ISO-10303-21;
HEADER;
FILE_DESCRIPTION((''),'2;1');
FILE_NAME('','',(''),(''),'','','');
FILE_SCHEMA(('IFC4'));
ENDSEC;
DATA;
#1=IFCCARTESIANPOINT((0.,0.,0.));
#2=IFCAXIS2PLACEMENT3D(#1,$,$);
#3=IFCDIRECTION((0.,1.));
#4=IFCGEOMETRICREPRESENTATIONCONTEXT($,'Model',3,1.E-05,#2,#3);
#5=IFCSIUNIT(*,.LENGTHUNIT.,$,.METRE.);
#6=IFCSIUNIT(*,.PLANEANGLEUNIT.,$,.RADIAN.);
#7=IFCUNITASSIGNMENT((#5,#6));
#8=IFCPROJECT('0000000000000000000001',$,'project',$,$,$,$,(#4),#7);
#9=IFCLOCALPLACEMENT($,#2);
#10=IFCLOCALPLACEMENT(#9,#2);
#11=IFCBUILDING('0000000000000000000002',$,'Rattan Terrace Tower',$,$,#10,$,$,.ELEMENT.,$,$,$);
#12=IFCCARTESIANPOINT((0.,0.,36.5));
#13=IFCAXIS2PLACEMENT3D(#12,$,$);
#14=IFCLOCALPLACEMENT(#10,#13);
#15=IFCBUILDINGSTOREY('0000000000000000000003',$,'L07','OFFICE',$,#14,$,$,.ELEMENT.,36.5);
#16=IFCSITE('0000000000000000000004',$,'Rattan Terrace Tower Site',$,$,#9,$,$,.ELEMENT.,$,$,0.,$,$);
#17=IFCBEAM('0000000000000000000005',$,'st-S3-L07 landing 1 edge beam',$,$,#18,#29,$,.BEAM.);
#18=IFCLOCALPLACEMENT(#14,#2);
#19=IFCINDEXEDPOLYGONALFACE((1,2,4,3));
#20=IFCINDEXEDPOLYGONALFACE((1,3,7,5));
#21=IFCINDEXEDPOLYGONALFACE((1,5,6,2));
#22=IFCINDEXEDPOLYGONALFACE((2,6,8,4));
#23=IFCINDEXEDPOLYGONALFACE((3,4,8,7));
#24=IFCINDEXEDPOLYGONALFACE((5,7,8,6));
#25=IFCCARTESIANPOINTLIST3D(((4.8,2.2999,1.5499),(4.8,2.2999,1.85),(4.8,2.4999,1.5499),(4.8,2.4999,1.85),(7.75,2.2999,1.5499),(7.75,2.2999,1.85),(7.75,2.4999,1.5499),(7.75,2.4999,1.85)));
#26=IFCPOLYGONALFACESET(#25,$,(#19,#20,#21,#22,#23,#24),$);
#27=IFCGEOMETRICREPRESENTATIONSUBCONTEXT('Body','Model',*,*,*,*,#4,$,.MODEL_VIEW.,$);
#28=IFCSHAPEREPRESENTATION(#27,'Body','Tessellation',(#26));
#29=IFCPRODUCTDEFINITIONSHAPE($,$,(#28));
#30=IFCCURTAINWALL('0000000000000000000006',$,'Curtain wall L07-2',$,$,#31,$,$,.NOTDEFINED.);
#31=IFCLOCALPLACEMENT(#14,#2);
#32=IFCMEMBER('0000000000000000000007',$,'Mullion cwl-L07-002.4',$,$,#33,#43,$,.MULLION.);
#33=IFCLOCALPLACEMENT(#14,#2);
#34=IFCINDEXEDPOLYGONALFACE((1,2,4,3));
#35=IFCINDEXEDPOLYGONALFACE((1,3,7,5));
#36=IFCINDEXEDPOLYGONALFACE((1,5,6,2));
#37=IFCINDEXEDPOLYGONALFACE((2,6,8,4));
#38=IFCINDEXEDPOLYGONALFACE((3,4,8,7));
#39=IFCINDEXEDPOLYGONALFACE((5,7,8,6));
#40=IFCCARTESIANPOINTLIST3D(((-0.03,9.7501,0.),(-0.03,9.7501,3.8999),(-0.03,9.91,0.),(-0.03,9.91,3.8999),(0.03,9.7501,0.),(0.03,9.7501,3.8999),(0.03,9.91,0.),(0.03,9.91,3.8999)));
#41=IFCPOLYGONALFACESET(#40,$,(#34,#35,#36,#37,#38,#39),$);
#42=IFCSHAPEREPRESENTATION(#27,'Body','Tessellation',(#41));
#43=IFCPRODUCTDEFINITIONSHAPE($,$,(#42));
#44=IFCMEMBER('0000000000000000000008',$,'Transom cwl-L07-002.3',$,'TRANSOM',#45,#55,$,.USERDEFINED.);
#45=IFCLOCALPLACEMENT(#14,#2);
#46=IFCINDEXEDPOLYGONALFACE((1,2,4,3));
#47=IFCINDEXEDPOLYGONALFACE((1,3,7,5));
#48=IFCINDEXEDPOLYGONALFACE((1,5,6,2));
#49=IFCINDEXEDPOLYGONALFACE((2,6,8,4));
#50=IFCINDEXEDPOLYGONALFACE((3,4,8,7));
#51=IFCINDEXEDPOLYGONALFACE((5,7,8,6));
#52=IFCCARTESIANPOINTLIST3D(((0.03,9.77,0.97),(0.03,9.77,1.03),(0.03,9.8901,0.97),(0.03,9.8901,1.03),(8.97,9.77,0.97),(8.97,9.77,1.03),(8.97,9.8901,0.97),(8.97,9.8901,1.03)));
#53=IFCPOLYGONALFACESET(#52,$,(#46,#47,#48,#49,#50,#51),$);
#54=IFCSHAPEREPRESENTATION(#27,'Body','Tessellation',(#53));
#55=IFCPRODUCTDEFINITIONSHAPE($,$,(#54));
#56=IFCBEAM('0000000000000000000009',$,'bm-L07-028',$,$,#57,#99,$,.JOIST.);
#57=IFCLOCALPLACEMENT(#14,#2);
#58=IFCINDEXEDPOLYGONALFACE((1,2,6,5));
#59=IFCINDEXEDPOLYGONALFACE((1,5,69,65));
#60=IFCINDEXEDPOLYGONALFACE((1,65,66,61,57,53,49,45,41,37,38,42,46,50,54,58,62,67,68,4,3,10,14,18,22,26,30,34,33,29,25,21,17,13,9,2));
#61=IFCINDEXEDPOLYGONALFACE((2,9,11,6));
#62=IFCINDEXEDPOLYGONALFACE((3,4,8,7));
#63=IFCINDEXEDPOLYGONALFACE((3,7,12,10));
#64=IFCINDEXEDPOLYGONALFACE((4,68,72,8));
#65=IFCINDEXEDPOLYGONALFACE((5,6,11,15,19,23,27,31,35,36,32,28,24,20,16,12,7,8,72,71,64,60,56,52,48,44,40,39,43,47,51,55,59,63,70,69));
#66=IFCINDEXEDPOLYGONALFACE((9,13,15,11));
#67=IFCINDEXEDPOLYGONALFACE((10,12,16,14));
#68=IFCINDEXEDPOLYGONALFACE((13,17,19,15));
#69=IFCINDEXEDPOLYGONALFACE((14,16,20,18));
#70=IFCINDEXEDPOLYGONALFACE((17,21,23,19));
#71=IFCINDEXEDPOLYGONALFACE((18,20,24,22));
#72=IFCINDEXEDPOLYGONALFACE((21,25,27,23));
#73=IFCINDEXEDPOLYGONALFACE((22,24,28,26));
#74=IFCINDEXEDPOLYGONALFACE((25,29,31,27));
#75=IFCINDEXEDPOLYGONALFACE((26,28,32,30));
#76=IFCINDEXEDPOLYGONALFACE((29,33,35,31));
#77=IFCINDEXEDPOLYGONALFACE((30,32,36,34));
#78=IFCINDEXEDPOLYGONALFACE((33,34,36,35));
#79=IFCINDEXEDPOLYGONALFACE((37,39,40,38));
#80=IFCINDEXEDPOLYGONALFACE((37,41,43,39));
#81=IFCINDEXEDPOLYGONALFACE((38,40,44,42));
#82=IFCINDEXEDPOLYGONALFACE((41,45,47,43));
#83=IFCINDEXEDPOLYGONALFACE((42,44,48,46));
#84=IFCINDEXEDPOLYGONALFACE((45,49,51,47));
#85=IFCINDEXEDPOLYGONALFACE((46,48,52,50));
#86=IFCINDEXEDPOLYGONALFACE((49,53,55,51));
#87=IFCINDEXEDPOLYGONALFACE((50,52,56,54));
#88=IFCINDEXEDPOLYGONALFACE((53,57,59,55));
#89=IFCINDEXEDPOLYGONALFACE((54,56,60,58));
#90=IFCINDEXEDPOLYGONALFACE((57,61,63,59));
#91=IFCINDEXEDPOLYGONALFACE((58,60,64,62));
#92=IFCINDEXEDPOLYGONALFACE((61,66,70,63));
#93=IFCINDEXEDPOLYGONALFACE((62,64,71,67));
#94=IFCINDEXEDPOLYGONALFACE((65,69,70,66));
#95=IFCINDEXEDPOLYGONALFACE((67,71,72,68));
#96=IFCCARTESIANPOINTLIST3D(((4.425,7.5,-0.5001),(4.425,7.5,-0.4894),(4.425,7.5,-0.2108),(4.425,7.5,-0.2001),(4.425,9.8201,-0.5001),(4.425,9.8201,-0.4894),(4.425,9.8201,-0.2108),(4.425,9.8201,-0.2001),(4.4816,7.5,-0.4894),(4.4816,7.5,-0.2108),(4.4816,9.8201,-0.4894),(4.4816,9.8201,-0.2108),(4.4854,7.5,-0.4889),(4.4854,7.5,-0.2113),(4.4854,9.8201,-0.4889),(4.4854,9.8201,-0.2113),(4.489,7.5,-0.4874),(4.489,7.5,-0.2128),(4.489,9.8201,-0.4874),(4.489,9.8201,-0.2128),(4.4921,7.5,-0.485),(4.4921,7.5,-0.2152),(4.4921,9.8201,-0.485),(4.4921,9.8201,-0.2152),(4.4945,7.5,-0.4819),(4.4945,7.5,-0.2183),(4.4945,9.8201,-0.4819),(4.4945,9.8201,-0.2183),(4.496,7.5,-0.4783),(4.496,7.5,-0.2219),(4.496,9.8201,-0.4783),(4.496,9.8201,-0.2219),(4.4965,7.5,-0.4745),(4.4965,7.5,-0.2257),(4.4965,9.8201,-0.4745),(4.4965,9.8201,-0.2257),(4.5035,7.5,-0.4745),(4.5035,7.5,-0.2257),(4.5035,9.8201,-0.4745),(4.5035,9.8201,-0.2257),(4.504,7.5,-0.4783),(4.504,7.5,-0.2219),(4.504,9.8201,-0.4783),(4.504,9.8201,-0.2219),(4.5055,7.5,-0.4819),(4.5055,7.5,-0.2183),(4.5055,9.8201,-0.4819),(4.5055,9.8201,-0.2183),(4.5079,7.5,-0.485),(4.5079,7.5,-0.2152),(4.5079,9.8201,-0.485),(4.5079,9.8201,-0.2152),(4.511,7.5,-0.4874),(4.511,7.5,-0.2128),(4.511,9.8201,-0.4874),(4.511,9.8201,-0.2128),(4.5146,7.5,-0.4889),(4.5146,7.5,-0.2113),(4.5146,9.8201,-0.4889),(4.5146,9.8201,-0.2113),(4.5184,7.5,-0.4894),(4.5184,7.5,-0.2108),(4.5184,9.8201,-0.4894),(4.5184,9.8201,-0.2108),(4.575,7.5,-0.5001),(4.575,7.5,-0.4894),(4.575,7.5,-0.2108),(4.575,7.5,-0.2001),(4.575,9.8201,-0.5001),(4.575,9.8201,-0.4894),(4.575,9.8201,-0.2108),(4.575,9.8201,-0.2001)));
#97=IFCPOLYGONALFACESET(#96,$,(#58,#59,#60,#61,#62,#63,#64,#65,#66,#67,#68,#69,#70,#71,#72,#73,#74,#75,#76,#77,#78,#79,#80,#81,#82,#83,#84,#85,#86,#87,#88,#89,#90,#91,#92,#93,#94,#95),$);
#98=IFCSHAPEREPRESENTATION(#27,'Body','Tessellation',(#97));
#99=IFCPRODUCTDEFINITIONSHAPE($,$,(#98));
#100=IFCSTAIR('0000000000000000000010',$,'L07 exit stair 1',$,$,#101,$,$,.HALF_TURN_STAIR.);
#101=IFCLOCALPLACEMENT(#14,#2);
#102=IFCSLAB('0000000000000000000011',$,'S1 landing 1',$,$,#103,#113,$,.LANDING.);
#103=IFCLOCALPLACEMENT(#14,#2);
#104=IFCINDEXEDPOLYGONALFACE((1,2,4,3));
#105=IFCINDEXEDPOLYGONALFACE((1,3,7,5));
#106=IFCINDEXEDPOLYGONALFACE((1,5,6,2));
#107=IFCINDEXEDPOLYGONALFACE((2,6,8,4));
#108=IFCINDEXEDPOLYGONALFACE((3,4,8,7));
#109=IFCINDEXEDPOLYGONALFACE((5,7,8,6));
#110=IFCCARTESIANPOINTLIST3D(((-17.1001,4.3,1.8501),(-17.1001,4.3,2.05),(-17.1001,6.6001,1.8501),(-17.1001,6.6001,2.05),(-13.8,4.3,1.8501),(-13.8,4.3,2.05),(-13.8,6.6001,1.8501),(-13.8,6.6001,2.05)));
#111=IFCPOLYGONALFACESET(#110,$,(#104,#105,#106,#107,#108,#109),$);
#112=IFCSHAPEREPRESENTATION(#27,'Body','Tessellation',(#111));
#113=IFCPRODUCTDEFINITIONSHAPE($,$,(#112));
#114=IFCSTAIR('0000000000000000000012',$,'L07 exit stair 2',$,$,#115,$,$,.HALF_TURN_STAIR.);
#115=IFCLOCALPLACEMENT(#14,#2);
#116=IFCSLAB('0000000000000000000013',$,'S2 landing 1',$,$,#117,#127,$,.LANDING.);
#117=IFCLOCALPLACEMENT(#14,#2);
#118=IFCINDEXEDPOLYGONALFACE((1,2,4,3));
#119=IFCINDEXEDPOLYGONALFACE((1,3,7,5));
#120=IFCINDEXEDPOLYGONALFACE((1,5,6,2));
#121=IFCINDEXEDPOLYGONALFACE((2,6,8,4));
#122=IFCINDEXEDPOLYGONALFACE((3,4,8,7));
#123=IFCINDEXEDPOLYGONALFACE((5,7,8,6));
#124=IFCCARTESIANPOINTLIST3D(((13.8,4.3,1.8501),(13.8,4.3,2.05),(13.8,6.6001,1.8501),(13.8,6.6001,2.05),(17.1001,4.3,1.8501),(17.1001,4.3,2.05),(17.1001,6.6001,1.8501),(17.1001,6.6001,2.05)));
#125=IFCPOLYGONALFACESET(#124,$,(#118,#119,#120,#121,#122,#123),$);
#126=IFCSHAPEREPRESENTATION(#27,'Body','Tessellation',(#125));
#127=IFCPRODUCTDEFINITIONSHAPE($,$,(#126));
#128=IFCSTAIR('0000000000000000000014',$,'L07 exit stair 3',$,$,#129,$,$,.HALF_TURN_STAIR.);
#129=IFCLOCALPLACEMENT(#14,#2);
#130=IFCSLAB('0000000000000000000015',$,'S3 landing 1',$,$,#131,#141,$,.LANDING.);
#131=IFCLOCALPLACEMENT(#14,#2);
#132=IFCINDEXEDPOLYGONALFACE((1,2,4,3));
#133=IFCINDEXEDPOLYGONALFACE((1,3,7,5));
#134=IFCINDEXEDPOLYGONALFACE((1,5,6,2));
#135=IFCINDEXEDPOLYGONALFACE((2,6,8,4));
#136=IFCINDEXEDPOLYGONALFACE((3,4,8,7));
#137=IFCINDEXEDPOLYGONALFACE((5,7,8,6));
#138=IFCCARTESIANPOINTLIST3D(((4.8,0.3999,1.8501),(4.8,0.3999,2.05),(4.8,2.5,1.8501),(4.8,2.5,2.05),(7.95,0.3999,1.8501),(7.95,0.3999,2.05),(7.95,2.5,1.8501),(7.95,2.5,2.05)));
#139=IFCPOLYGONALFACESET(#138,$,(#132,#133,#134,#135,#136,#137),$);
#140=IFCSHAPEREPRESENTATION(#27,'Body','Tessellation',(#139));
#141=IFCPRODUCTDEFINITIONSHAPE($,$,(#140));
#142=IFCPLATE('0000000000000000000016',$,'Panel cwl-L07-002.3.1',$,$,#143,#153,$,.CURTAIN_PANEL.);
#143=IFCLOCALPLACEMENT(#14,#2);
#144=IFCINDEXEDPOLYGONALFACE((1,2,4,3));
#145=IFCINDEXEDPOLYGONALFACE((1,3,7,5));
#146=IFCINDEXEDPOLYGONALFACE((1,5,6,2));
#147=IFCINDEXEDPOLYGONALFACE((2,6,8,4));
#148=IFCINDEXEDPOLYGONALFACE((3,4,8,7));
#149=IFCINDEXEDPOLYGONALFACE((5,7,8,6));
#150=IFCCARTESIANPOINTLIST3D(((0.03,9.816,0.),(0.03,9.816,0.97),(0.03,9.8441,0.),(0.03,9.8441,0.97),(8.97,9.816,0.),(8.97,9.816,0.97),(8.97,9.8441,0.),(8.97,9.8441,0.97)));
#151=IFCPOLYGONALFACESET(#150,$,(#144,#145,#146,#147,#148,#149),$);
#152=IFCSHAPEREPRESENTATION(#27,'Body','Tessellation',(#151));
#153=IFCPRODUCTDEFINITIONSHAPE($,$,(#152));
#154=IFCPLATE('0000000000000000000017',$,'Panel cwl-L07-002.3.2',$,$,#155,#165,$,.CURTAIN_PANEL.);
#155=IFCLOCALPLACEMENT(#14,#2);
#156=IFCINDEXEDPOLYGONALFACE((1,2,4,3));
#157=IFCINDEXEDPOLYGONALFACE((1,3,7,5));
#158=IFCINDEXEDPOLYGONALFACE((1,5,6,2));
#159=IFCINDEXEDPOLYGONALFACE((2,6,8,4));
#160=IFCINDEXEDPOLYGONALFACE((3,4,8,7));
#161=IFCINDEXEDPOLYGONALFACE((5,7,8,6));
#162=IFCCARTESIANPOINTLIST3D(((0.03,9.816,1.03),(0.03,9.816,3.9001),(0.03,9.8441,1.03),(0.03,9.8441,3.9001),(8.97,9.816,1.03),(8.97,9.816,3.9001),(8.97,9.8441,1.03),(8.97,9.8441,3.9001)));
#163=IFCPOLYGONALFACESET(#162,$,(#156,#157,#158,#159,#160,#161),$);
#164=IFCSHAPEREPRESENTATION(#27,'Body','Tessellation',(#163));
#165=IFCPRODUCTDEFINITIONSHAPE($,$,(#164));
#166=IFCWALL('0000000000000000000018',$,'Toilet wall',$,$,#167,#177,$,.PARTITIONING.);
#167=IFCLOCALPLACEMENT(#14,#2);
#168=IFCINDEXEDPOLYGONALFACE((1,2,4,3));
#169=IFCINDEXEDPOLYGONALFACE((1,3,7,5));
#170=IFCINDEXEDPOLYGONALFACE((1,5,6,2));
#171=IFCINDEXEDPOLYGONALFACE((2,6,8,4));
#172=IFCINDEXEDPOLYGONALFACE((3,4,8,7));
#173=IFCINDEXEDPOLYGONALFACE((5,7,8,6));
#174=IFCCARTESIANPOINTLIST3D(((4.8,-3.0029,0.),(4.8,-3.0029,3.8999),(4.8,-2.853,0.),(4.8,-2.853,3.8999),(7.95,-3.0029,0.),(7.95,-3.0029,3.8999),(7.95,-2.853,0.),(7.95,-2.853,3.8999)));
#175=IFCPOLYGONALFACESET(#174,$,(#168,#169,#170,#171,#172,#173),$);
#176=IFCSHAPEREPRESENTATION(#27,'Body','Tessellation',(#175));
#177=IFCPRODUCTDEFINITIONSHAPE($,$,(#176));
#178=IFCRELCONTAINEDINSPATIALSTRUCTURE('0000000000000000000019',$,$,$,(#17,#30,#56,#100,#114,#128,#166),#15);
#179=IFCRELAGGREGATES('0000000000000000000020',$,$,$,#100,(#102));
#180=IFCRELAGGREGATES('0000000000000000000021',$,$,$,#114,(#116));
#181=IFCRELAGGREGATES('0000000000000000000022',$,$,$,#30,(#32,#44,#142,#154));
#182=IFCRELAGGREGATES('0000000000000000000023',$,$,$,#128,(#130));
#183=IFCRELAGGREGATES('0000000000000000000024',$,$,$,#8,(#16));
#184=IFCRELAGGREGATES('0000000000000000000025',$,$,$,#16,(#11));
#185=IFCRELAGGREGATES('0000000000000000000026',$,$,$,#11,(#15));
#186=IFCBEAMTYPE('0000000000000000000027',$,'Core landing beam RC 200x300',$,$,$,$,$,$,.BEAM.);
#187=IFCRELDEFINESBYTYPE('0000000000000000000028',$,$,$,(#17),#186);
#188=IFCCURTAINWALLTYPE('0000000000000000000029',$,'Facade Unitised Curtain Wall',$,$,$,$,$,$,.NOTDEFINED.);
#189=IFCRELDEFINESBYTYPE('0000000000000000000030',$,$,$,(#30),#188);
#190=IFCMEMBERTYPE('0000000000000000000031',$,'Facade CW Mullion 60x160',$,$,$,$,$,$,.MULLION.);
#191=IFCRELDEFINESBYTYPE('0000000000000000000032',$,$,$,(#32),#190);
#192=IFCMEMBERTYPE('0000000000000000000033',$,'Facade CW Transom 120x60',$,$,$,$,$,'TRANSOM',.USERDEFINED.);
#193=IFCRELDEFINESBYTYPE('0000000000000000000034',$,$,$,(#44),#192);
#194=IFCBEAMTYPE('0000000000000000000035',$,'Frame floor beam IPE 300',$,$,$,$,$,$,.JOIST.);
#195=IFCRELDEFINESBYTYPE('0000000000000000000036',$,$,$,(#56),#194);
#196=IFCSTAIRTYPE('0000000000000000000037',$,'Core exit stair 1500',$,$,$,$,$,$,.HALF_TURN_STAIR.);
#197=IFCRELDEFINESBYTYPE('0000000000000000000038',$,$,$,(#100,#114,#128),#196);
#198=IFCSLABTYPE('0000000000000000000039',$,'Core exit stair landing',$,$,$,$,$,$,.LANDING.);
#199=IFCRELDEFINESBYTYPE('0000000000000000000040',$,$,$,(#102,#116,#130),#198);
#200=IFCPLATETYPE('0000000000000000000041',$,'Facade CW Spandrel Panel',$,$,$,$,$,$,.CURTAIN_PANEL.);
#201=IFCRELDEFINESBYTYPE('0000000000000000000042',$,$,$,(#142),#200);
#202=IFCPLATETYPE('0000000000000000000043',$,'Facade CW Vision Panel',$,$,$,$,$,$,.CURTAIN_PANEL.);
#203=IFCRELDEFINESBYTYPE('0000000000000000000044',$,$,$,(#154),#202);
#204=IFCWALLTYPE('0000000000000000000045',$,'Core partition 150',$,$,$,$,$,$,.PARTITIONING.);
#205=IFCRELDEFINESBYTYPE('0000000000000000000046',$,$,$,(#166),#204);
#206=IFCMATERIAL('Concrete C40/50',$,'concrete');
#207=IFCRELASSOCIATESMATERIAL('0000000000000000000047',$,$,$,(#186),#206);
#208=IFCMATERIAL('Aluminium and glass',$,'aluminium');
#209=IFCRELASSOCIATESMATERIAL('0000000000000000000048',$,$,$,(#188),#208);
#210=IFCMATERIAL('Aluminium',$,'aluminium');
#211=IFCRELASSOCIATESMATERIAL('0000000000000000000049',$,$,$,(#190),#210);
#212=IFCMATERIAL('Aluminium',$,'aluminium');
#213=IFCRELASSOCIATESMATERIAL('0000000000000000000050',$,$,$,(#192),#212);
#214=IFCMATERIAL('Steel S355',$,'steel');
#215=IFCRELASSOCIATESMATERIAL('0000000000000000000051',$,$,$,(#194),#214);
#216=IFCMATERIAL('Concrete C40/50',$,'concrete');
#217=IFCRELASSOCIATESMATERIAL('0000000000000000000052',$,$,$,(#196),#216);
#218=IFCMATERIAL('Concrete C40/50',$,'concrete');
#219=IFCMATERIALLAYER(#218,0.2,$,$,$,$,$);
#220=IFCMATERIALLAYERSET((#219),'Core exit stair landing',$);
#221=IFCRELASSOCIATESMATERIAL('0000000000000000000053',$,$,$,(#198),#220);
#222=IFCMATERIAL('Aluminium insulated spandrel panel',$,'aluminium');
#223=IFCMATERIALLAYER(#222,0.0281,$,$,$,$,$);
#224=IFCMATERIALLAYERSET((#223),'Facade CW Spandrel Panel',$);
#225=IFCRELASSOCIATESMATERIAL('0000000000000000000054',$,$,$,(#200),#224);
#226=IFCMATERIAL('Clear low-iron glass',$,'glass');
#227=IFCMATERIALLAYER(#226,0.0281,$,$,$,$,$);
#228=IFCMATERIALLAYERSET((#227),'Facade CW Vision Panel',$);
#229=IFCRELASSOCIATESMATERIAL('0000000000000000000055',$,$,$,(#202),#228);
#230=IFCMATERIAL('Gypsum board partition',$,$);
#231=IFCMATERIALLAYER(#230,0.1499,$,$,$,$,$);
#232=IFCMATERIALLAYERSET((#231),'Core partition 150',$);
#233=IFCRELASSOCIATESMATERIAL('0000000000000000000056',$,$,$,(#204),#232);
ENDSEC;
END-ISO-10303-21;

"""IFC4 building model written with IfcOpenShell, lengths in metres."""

from ifc_helpers import new_model, si_unit, direction, frame, frame_2d, origin, origin_2d, place, context, subcontext, project, spatial, polyline, rectangle, i_section, outline, extrude, material, layer, layer_set, material_profile, profile_set, type_object, element, aggregate, save


model = new_model("IFC4")

# Units and contexts
model_context = context("Model", 3, precision=1e-05, world=origin(), true_north=direction((0.0, 1.0)))
body_context = subcontext(model_context, "Body", "Model", "MODEL_VIEW")
ifc_project = project(units=[si_unit("LENGTHUNIT", "METRE"), si_unit("PLANEANGLEUNIT", "RADIAN")], contexts=[model_context])

# Site, building, storey
site_placement = place(None, origin())
site = spatial("IfcSite", under=ifc_project, at=site_placement, Name="Rattan Terrace Tower Site", CompositionType="ELEMENT", RefElevation=0.0)
building_placement = place(site_placement, origin())
building = spatial("IfcBuilding", under=site, at=building_placement, Name="Rattan Terrace Tower", CompositionType="ELEMENT")
storey_placement = place(building_placement, frame((0.0, 0.0, 36.5)))
storey = spatial("IfcBuildingStorey", under=building, at=storey_placement, Name="L07", Description="OFFICE", CompositionType="ELEMENT", Elevation=36.5)

# Beam
ifc_material_1 = material(Name="Concrete C40/50", Category="concrete")
ifc_material_profile_1 = material_profile(ifc_material_1, rectangle(XDim=0.2, YDim=0.3, at=origin_2d()), Name="RC 200x300")
ifc_profile_set_1 = profile_set([ifc_material_profile_1], Name="Concrete C40/50")
beam_type_1 = type_object("IfcBeamType", Name="Core landing beam RC 200x300", PredefinedType="BEAM", material=ifc_profile_set_1)
beam_1_placement = place(storey_placement, frame((4.8, 2.3999, 1.7), z_axis=(1.0, 0.0, 0.0), x_axis=(0.0, 1.0, 0.0)))
element("IfcBeam", 1, at=beam_1_placement, inside=storey, type_object=beam_type_1, Name="st-S3-L07 landing 1 edge beam", PredefinedType="BEAM", context=body_context, shape_type="SweptSolid", body=[
    extrude(rectangle(XDim=0.2, YDim=0.3, at=origin_2d()), origin(), (0.0, 0.0, 1.0), 2.95),
])

# Curtain wall, members
ifc_material_2 = material(Name="Aluminium and glass", Category="aluminium")
curtain_wall_type = type_object("IfcCurtainWallType", Name="Facade Unitised Curtain Wall", PredefinedType="NOTDEFINED", material=ifc_material_2)
curtain_wall_placement = place(storey_placement, origin())
curtain_wall = element("IfcCurtainWall", 2, at=curtain_wall_placement, inside=storey, type_object=curtain_wall_type, Name="Curtain wall L07-2", PredefinedType="NOTDEFINED")
ifc_material_3 = material(Name="Aluminium", Category="aluminium")
ifc_material_profile_2 = material_profile(ifc_material_3, rectangle(XDim=0.0601, YDim=0.1599, at=origin_2d()), Name="Aluminium 60x160")
ifc_profile_set_2 = profile_set([ifc_material_profile_2], Name="Aluminium")
member_type_1 = type_object("IfcMemberType", Name="Facade CW Mullion 60x160", PredefinedType="MULLION", material=ifc_profile_set_2)
member_1_placement = place(storey_placement, frame((0.0, 9.8301, 0.0), z_axis=(0.0, 0.0, 1.0), x_axis=(-1.0, 0.0, 0.0)))
member_1 = element("IfcMember", 3, at=member_1_placement, type_object=member_type_1, Name="Mullion cwl-L07-002.4", PredefinedType="MULLION", context=body_context, shape_type="SweptSolid", body=[
    extrude(rectangle(XDim=0.0601, YDim=0.1599, at=origin_2d()), origin(), (0.0, 0.0, 1.0), 3.8999),
])
ifc_material_4 = material(Name="Aluminium", Category="aluminium")
ifc_material_profile_3 = material_profile(ifc_material_4, rectangle(XDim=0.1201, YDim=0.0601, at=origin_2d()), Name="Aluminium 120x60")
ifc_profile_set_3 = profile_set([ifc_material_profile_3], Name="Aluminium")
member_type_2 = type_object("IfcMemberType", Name="Facade CW Transom 120x60", ElementType="TRANSOM", PredefinedType="USERDEFINED", material=ifc_profile_set_3)
member_2_placement = place(storey_placement, frame((8.97, 9.8301, 1.0), z_axis=(-1.0, 0.0, 0.0), x_axis=(0.0, -1.0, 0.0)))
member_2 = element("IfcMember", 4, at=member_2_placement, type_object=member_type_2, Name="Transom cwl-L07-002.3", ObjectType="TRANSOM", PredefinedType="USERDEFINED", context=body_context, shape_type="SweptSolid", body=[
    extrude(rectangle(XDim=0.1201, YDim=0.0601, at=origin_2d()), origin(), (0.0, 0.0, 1.0), 8.9399),
])

# Beam
ifc_material_5 = material(Name="Steel S355", Category="steel")
ifc_material_profile_4 = material_profile(ifc_material_5, i_section(OverallWidth=0.1499, OverallDepth=0.3, WebThickness=0.0071, FlangeThickness=0.0107, FilletRadius=0.0149, at=origin_2d()), Name="IPE 300")
ifc_profile_set_4 = profile_set([ifc_material_profile_4], Name="Steel S355")
beam_type_2 = type_object("IfcBeamType", Name="Frame floor beam IPE 300", PredefinedType="JOIST", material=ifc_profile_set_4)
beam_2_placement = place(storey_placement, frame((4.5, 7.5, -0.3501), z_axis=(0.0, 1.0, 0.0), x_axis=(-1.0, 0.0, 0.0)))
element("IfcBeam", 5, at=beam_2_placement, inside=storey, type_object=beam_type_2, Name="bm-L07-028", PredefinedType="JOIST", context=body_context, shape_type="SweptSolid", body=[
    extrude(i_section(OverallWidth=0.1499, OverallDepth=0.3, WebThickness=0.0071, FlangeThickness=0.0107, FilletRadius=0.0149, at=origin_2d()), origin(), (0.0, 0.0, 1.0), 2.3201),
])

# Stairs, slabs
ifc_material_6 = material(Name="Concrete C40/50", Category="concrete")
stair_type = type_object("IfcStairType", Name="Core exit stair 1500", PredefinedType="HALF_TURN_STAIR", material=ifc_material_6)
stair_1_placement = place(storey_placement, origin())
stair_1 = element("IfcStair", 6, at=stair_1_placement, inside=storey, type_object=stair_type, Name="L07 exit stair 1", PredefinedType="HALF_TURN_STAIR")
ifc_material_7 = material(Name="Concrete C40/50", Category="concrete")
ifc_layer_1 = layer(ifc_material_7, 0.2)
ifc_layer_set_1 = layer_set([ifc_layer_1], Name="Core exit stair landing")
slab_type = type_object("IfcSlabType", Name="Core exit stair landing", PredefinedType="LANDING", material=ifc_layer_set_1)
slab_1_placement = place(storey_placement, frame((0.0, 0.0, 1.8501)))
slab_1 = element("IfcSlab", 7, at=slab_1_placement, type_object=slab_type, Name="S1 landing 1", PredefinedType="LANDING", context=body_context, shape_type="SweptSolid", body=[
    extrude(outline(polyline([(-13.8, 4.3), (-13.8, 6.6001), (-17.1001, 6.6001), (-17.1001, 4.3), (-13.8, 4.3)])), origin(), (0.0, 0.0, 1.0), 0.2),
])
aggregate(stair_1, [slab_1])
stair_2_placement = place(storey_placement, origin())
stair_2 = element("IfcStair", 8, at=stair_2_placement, inside=storey, type_object=stair_type, Name="L07 exit stair 2", PredefinedType="HALF_TURN_STAIR")
slab_2_placement = place(storey_placement, frame((0.0, 0.0, 1.8501)))
slab_2 = element("IfcSlab", 9, at=slab_2_placement, type_object=slab_type, Name="S2 landing 1", PredefinedType="LANDING", context=body_context, shape_type="SweptSolid", body=[
    extrude(outline(polyline([(17.1001, 4.3), (17.1001, 6.6001), (13.8, 6.6001), (13.8, 4.3), (17.1001, 4.3)])), origin(), (0.0, 0.0, 1.0), 0.2),
])
aggregate(stair_2, [slab_2])
stair_3_placement = place(storey_placement, origin())
stair_3 = element("IfcStair", 10, at=stair_3_placement, inside=storey, type_object=stair_type, Name="L07 exit stair 3", PredefinedType="HALF_TURN_STAIR")
slab_3_placement = place(storey_placement, frame((0.0, 0.0, 1.8501)))
slab_3 = element("IfcSlab", 11, at=slab_3_placement, type_object=slab_type, Name="S3 landing 1", PredefinedType="LANDING", context=body_context, shape_type="SweptSolid", body=[
    extrude(outline(polyline([(4.8, 2.5), (4.8, 0.3999), (7.95, 0.3999), (7.95, 2.5), (4.8, 2.5)])), origin(), (0.0, 0.0, 1.0), 0.2),
])

# Plates
ifc_material_8 = material(Name="Aluminium insulated spandrel panel", Category="aluminium")
ifc_layer_2 = layer(ifc_material_8, 0.0281)
ifc_layer_set_2 = layer_set([ifc_layer_2], Name="Facade CW Spandrel Panel")
plate_type_1 = type_object("IfcPlateType", Name="Facade CW Spandrel Panel", PredefinedType="CURTAIN_PANEL", material=ifc_layer_set_2)
plate_1_placement = place(storey_placement, frame((4.5, 9.8301, 0.0), z_axis=(0.0, 0.0, 1.0), x_axis=(-1.0, 0.0, 0.0)))
plate_1 = element("IfcPlate", 12, at=plate_1_placement, type_object=plate_type_1, Name="Panel cwl-L07-002.3.1", PredefinedType="CURTAIN_PANEL", context=body_context, shape_type="SweptSolid", body=[
    extrude(rectangle(XDim=8.9399, YDim=0.0281, at=origin_2d()), origin(), (0.0, 0.0, 1.0), 0.97),
])
ifc_material_9 = material(Name="Clear low-iron glass", Category="glass")
ifc_layer_3 = layer(ifc_material_9, 0.0281)
ifc_layer_set_3 = layer_set([ifc_layer_3], Name="Facade CW Vision Panel")
plate_type_2 = type_object("IfcPlateType", Name="Facade CW Vision Panel", PredefinedType="CURTAIN_PANEL", material=ifc_layer_set_3)
plate_2_placement = place(storey_placement, frame((4.5, 9.8301, 1.03), z_axis=(0.0, 0.0, 1.0), x_axis=(-1.0, 0.0, 0.0)))
plate_2 = element("IfcPlate", 13, at=plate_2_placement, type_object=plate_type_2, Name="Panel cwl-L07-002.3.2", PredefinedType="CURTAIN_PANEL", context=body_context, shape_type="SweptSolid", body=[
    extrude(rectangle(XDim=8.9399, YDim=0.0281, at=origin_2d()), origin(), (0.0, 0.0, 1.0), 2.8701),
])
aggregate(curtain_wall, [member_1, member_2, plate_1, plate_2])

# Wall
ifc_material_10 = material(Name="Gypsum board partition")
ifc_layer_4 = layer(ifc_material_10, 0.1499)
ifc_layer_set_4 = layer_set([ifc_layer_4], Name="Core partition 150")
wall_type_1 = type_object("IfcWallType", Name="Core partition 150", PredefinedType="PARTITIONING", material=ifc_layer_set_4)
wall_1_placement = place(storey_placement, frame((4.8, -2.928, 0.0), z_axis=(0.0, 0.0, 1.0), x_axis=(1.0, 0.0, 0.0)))
element("IfcWall", 14, at=wall_1_placement, inside=storey, type_object=wall_type_1, Name="Toilet wall", PredefinedType="PARTITIONING", context=body_context, shape_type="SweptSolid", body=[
    extrude(rectangle(XDim=3.1499, YDim=0.1499, at=frame_2d((1.575, 0.0))), origin(), (0.0, 0.0, 1.0), 3.8999),
])

aggregate(stair_3, [slab_3])

save(model, "model.ifc")
